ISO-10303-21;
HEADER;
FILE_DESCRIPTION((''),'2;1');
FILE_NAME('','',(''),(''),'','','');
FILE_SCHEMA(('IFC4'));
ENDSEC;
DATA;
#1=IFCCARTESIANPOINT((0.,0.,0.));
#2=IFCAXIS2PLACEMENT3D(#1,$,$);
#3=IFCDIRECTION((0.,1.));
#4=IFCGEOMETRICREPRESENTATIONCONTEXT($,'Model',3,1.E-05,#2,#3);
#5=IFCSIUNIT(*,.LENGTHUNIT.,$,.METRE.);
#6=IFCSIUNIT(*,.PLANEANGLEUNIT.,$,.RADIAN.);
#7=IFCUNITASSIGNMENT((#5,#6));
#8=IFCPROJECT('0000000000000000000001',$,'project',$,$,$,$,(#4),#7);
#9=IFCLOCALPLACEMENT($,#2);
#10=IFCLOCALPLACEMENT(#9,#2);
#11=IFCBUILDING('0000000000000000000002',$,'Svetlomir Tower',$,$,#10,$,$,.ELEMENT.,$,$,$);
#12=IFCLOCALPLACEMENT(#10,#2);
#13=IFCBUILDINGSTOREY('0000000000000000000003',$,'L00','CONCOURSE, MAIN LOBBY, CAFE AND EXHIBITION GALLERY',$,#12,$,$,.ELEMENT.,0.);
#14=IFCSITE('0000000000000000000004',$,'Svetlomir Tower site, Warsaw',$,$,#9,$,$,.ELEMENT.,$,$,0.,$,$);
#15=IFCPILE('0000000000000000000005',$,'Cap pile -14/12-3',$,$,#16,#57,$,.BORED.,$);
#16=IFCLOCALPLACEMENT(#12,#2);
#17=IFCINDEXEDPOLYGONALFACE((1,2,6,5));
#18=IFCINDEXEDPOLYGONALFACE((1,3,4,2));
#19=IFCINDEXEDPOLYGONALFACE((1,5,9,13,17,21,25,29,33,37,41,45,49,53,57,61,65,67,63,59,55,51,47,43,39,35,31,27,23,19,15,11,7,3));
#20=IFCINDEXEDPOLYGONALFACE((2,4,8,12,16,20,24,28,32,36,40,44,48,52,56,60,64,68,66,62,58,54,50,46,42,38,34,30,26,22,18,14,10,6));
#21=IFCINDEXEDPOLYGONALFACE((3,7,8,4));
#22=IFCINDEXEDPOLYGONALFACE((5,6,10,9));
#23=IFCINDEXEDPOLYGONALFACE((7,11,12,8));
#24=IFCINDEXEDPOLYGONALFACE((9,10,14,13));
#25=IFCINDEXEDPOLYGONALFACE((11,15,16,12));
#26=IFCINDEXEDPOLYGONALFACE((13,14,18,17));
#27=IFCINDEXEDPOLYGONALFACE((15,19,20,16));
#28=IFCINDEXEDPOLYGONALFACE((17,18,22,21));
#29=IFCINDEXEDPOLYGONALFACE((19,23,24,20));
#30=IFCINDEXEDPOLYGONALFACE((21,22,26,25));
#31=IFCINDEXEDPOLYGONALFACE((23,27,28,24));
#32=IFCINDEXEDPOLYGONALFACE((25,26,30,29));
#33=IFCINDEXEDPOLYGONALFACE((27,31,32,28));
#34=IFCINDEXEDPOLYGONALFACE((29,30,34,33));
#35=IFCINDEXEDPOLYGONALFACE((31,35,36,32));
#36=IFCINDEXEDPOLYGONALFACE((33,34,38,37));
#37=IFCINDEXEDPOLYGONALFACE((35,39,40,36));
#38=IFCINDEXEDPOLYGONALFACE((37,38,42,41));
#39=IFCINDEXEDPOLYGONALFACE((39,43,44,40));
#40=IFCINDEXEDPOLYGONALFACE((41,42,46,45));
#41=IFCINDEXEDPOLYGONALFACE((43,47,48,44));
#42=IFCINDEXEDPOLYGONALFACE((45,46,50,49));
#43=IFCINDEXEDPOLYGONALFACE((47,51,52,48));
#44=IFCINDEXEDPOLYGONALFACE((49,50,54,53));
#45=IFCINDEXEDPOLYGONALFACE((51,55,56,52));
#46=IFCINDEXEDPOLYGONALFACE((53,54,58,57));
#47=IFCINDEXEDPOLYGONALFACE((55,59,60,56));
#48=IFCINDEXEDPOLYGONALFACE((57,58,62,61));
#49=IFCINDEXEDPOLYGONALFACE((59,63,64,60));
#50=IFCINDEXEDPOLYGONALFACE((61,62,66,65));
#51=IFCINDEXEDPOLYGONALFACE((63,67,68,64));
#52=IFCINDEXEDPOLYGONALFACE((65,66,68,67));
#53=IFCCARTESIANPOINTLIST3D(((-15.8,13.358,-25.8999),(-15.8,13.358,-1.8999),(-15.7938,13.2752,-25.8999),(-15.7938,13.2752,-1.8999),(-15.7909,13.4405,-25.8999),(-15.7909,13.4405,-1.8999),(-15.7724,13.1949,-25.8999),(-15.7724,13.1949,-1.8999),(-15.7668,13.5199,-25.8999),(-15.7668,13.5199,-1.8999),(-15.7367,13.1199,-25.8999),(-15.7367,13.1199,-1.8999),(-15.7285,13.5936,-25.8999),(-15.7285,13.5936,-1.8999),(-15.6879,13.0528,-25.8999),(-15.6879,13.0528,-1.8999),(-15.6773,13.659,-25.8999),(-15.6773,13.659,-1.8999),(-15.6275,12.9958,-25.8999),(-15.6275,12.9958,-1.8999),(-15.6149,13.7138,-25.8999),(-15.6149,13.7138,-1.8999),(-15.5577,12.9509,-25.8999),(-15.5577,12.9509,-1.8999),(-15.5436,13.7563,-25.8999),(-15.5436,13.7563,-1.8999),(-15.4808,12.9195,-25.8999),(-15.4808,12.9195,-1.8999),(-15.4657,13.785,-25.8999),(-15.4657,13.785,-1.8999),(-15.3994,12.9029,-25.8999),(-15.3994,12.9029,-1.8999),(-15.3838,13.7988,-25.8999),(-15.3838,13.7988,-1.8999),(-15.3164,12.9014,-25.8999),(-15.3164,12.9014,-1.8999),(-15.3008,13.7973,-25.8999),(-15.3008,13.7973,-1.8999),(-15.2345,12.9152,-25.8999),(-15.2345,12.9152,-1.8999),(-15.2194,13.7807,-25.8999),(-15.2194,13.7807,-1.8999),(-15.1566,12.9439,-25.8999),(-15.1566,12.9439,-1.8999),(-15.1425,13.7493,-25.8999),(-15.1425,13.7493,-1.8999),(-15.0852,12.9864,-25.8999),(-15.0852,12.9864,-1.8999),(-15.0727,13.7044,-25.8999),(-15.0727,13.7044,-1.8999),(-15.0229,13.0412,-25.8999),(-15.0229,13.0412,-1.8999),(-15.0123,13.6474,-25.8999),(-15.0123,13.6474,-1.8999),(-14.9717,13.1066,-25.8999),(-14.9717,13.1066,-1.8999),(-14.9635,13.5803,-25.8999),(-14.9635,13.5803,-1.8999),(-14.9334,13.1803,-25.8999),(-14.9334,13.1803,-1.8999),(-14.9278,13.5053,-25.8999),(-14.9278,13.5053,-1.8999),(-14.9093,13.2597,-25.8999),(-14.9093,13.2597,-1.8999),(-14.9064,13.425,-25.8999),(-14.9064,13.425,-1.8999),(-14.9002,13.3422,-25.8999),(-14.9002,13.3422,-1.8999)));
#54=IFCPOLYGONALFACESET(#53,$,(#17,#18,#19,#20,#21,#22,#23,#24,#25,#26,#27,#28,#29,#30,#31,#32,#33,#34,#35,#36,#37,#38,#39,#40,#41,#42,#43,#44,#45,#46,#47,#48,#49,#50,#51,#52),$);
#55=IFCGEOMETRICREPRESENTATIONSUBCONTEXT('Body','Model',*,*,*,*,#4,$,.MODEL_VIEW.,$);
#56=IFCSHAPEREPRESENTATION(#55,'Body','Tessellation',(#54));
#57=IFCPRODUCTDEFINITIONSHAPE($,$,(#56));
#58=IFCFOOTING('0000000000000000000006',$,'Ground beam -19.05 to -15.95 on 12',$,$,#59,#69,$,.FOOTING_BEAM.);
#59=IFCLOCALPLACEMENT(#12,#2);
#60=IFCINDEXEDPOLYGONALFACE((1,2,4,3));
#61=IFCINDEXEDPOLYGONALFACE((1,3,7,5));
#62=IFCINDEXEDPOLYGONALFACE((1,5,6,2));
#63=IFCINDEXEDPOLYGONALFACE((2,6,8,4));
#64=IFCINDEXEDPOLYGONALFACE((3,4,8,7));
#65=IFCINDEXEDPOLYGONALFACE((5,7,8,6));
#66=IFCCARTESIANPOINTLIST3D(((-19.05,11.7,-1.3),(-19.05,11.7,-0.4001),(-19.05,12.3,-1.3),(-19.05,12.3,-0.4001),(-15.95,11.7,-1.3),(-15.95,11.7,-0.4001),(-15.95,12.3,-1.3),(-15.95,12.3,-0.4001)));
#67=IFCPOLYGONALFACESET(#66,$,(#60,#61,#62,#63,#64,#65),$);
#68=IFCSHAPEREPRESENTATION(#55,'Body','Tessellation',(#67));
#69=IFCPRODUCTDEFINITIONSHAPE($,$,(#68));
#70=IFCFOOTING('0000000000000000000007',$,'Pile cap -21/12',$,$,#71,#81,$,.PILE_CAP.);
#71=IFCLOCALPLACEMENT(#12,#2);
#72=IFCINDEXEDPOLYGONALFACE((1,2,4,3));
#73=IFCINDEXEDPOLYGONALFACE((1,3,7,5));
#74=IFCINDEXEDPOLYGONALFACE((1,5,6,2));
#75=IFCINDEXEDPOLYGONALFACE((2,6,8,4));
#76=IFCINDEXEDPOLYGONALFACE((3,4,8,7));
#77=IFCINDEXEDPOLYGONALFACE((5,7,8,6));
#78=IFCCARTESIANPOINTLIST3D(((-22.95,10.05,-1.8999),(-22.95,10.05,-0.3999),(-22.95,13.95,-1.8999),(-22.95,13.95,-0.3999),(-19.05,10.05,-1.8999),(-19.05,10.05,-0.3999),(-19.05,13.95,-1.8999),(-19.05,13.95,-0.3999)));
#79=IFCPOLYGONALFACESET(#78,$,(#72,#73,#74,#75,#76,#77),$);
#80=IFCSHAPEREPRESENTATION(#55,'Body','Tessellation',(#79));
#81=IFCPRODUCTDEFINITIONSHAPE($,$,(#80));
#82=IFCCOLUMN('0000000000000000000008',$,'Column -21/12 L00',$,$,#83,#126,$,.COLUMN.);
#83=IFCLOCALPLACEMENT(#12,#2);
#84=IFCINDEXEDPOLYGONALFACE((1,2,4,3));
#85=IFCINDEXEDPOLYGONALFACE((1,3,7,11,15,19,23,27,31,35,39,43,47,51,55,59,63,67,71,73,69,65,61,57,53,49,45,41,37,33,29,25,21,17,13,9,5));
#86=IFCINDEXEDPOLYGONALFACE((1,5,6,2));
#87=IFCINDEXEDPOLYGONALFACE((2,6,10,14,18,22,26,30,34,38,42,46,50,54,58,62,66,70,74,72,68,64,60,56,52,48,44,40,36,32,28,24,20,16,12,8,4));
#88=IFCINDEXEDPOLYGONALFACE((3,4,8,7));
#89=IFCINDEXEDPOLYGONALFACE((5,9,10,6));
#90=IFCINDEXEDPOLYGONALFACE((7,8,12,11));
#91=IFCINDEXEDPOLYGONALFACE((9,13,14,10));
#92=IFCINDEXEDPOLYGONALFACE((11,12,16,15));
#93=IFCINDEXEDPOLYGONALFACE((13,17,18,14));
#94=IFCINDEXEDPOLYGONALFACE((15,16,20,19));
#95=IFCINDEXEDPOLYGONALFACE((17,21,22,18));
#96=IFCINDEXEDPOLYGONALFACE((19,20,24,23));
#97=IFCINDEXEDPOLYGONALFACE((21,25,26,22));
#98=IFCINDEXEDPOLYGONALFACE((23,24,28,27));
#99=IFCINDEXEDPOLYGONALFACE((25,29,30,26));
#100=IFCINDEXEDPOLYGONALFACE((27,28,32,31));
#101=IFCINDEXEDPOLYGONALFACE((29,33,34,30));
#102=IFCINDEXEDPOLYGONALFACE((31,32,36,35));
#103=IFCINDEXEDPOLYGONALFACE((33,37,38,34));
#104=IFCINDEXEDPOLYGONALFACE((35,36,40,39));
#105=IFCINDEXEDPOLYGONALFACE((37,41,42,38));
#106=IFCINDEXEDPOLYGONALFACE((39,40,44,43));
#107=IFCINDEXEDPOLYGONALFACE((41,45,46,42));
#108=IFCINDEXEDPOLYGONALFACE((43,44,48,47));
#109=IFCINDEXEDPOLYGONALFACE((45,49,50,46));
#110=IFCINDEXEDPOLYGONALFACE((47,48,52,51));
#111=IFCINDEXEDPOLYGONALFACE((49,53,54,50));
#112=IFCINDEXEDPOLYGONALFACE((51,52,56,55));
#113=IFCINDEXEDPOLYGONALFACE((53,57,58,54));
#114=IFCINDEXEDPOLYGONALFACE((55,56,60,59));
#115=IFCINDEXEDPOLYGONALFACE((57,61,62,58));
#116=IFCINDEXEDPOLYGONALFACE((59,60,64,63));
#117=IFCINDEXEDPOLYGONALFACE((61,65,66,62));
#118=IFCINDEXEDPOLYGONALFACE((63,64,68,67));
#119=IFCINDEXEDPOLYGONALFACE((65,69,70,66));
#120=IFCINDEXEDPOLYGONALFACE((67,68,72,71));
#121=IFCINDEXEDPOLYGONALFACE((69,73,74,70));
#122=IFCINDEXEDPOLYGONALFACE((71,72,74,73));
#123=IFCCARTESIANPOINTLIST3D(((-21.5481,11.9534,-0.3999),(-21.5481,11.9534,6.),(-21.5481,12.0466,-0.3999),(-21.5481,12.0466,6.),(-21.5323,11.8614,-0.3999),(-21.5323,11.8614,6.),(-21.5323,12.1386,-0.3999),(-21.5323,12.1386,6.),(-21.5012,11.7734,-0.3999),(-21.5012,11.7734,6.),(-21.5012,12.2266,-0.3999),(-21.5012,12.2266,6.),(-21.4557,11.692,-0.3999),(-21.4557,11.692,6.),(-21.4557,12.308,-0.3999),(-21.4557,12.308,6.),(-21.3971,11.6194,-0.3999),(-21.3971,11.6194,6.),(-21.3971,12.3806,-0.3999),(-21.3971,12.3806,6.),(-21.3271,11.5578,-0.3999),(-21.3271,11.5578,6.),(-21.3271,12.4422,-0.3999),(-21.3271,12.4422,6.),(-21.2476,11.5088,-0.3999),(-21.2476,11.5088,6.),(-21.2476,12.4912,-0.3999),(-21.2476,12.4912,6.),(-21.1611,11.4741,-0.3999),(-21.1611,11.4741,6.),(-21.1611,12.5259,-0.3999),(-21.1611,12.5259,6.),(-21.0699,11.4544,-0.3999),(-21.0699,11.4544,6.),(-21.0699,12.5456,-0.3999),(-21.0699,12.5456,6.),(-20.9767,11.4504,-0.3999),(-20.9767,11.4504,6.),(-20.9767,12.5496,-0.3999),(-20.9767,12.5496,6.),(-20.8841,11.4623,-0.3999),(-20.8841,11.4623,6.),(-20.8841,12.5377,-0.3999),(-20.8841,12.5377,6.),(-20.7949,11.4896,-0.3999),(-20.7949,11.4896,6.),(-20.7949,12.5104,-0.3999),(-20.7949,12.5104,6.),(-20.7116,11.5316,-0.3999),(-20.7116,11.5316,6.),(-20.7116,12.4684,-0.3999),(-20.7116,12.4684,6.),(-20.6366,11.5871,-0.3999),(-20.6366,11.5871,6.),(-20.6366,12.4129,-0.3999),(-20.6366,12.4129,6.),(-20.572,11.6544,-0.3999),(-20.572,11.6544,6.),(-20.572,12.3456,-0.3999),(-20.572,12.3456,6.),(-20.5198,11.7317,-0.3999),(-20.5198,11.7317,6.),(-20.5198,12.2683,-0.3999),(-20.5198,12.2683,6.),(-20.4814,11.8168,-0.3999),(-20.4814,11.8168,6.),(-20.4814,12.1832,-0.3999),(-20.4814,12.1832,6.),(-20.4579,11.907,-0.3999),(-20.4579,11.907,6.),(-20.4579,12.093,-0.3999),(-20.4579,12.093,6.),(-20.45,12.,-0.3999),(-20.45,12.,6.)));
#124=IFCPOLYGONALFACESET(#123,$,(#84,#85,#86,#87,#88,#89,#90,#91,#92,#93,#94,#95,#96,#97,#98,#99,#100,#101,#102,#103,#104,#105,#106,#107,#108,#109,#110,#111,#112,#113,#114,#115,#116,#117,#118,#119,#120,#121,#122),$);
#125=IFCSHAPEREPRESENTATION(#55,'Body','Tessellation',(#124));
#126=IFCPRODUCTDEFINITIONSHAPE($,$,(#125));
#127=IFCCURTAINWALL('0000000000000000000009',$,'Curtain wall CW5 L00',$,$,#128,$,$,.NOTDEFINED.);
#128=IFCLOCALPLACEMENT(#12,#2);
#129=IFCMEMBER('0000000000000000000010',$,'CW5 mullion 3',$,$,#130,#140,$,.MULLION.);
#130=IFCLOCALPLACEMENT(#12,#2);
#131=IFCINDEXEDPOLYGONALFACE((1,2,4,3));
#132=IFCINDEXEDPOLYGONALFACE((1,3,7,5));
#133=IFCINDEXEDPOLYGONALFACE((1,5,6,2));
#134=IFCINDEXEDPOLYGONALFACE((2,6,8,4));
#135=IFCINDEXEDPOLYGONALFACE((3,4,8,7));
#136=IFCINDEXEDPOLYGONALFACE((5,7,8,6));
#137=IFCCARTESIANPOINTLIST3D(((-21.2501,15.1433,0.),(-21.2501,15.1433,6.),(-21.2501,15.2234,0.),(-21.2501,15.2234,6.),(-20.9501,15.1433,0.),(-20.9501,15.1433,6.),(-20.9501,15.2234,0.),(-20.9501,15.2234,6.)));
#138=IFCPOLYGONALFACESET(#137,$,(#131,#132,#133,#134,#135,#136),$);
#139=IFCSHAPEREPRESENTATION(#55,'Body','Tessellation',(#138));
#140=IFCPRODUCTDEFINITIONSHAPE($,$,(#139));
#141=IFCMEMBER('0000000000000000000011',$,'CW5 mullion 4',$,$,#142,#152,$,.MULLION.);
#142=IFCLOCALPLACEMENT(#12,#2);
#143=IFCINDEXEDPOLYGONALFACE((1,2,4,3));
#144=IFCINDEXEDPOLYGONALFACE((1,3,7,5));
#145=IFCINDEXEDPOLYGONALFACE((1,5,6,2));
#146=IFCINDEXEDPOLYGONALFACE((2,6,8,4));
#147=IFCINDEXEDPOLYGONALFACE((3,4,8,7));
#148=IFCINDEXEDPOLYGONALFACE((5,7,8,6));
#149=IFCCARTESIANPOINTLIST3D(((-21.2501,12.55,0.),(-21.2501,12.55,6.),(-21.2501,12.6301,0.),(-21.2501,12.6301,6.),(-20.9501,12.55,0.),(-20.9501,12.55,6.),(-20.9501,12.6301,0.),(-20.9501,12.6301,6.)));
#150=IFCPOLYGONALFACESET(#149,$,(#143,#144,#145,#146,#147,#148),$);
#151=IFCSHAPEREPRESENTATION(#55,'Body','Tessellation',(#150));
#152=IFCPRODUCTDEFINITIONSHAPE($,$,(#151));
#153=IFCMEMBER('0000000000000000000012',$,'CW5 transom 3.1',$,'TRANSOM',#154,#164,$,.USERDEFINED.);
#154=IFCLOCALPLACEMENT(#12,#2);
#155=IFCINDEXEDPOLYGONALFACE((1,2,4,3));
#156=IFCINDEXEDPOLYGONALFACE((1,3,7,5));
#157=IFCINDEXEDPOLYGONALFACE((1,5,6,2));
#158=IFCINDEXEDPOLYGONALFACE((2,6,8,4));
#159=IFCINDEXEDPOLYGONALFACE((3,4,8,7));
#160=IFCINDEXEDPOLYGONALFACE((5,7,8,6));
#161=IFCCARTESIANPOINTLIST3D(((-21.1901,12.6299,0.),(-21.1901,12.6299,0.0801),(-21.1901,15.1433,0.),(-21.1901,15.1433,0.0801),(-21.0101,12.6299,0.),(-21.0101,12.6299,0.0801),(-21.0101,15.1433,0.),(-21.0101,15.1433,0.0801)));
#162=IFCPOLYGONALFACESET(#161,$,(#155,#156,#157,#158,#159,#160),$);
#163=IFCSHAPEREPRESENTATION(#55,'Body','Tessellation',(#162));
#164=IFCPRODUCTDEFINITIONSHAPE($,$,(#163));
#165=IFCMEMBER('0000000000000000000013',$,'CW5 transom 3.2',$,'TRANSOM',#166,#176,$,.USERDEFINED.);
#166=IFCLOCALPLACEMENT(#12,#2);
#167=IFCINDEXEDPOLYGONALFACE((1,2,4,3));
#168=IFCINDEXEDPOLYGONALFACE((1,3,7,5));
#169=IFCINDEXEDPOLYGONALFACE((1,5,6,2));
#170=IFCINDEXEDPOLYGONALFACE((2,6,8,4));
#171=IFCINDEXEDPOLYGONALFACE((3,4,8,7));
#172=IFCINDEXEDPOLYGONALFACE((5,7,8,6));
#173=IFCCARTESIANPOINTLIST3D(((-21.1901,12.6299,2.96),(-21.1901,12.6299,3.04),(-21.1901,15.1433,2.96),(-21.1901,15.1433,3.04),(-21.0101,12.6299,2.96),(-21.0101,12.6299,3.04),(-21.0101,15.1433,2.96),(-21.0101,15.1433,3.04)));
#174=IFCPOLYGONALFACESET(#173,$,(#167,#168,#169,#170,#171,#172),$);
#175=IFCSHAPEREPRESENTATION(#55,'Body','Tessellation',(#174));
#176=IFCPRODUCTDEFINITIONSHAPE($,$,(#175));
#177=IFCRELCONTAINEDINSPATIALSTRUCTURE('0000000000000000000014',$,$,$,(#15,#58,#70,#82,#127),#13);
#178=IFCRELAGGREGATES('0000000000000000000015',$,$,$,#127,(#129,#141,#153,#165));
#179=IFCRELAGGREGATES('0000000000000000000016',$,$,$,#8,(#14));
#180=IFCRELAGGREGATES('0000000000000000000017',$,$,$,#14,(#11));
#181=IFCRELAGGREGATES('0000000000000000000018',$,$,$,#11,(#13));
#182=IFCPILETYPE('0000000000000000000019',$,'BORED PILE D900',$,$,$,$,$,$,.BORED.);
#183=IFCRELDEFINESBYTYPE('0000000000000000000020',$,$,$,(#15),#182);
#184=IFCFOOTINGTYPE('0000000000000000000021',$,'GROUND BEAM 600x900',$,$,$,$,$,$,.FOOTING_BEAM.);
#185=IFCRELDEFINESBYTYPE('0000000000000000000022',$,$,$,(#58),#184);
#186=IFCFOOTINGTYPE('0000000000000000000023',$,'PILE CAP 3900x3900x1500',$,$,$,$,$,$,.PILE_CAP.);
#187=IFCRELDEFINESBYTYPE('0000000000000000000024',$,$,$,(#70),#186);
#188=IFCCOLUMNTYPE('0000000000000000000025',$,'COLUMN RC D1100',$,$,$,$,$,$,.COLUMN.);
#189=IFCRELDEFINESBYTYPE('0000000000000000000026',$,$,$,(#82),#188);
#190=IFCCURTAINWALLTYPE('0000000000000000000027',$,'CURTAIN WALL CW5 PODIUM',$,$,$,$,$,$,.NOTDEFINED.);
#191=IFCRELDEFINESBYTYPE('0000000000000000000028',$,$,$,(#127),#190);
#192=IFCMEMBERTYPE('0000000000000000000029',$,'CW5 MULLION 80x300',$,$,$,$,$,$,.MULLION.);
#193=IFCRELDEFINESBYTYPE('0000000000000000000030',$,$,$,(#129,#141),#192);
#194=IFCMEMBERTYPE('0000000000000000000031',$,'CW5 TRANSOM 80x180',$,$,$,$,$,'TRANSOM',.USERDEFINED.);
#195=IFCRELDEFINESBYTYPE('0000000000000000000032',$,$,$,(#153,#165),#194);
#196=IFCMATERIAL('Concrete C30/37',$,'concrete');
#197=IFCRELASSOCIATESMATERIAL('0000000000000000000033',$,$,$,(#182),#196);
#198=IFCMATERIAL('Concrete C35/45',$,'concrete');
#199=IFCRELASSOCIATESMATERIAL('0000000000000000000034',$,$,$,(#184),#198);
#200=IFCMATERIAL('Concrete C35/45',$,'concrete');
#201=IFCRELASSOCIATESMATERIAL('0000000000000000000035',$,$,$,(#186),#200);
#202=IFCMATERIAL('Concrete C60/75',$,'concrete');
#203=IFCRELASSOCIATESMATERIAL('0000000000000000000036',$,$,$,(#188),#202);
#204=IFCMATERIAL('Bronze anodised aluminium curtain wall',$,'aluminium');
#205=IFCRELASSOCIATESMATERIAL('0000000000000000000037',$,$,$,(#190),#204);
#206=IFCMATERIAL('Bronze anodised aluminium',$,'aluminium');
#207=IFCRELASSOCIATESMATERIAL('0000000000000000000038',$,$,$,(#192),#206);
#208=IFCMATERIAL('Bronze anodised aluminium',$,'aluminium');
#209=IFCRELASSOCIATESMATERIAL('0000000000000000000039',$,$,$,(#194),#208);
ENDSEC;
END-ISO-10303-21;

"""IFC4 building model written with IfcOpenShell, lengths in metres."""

from ifc_helpers import new_model, si_unit, direction, frame, frame_2d, origin, origin_2d, place, context, subcontext, project, spatial, rectangle, circle, extrude, material, material_profile, profile_set, type_object, element, aggregate, save


model = new_model("IFC4")

# Units and contexts
model_context = context("Model", 3, precision=1e-05, world=origin(), true_north=direction((0.0, 1.0)))
body_context = subcontext(model_context, "Body", "Model", "MODEL_VIEW")
ifc_project = project(units=[si_unit("LENGTHUNIT", "METRE"), si_unit("PLANEANGLEUNIT", "RADIAN")], contexts=[model_context])

# Site, building, storey
site_placement = place(None, origin())
site = spatial("IfcSite", under=ifc_project, at=site_placement, Name="Svetlomir Tower site, Warsaw", CompositionType="ELEMENT", RefElevation=0.0)
building_placement = place(site_placement, origin())
building = spatial("IfcBuilding", under=site, at=building_placement, Name="Svetlomir Tower", CompositionType="ELEMENT")
storey_placement = place(building_placement, origin())
storey = spatial("IfcBuildingStorey", under=building, at=storey_placement, Name="L00", Description="CONCOURSE, MAIN LOBBY, CAFE AND EXHIBITION GALLERY", CompositionType="ELEMENT", Elevation=0.0)

# Pile
ifc_material_1 = material(Name="Concrete C30/37", Category="concrete")
ifc_material_profile_1 = material_profile(ifc_material_1, circle(Radius=0.45, at=origin_2d()), Name="RC D900")
ifc_profile_set_1 = profile_set([ifc_material_profile_1], Name="Concrete C30/37")
pile_type = type_object("IfcPileType", Name="BORED PILE D900", PredefinedType="BORED", material=ifc_profile_set_1)
for number, where, z_axis, x_axis, name in (
    (1, (-15.3501, 13.3501, -1.8999), (0.0, 0.0, -1.0), (1.0, 0.0, 0.0), "Cap pile -14/12-3"),
):
    element("IfcPile", number, at=place(storey_placement, frame(where, z_axis=z_axis, x_axis=x_axis)), inside=storey, type_object=pile_type, Name=name, PredefinedType="BORED", context=body_context, shape_type="SweptSolid", body=[
        extrude(circle(Radius=0.45, at=frame_2d((0.0, 0.0), x_axis=(0.999848, 0.017452))), origin(), (0.0, 0.0, 1.0), 24.0),
    ])

# Footings
ifc_material_2 = material(Name="Concrete C35/45", Category="concrete")
footing_type_1 = type_object("IfcFootingType", Name="GROUND BEAM 600x900", PredefinedType="FOOTING_BEAM", material=ifc_material_2)
footing_1_placement = place(storey_placement, frame((-17.5, 12.0, -1.3), z_axis=(0.0, 0.0, 1.0), x_axis=(1.0, 0.0, 0.0)))
element("IfcFooting", 2, at=footing_1_placement, inside=storey, type_object=footing_type_1, Name="Ground beam -19.05 to -15.95 on 12", PredefinedType="FOOTING_BEAM", context=body_context, shape_type="SweptSolid", body=[
    extrude(rectangle(XDim=3.1001, YDim=0.6001, at=origin_2d()), origin(), (0.0, 0.0, 1.0), 0.8999),
])
ifc_material_3 = material(Name="Concrete C35/45", Category="concrete")
footing_type_2 = type_object("IfcFootingType", Name="PILE CAP 3900x3900x1500", PredefinedType="PILE_CAP", material=ifc_material_3)
footing_2_placement = place(storey_placement, frame((-21.0, 12.0, -1.8999), z_axis=(0.0, 0.0, 1.0), x_axis=(1.0, 0.0, 0.0)))
element("IfcFooting", 3, at=footing_2_placement, inside=storey, type_object=footing_type_2, Name="Pile cap -21/12", PredefinedType="PILE_CAP", context=body_context, shape_type="SweptSolid", body=[
    extrude(rectangle(XDim=3.8999, YDim=3.8999, at=origin_2d()), origin(), (0.0, 0.0, 1.0), 1.5),
])

# Column
ifc_material_4 = material(Name="Concrete C60/75", Category="concrete")
ifc_material_profile_2 = material_profile(ifc_material_4, circle(Radius=0.55, at=origin_2d()), Name="RC D1100")
ifc_profile_set_2 = profile_set([ifc_material_profile_2], Name="Concrete C60/75")
column_type = type_object("IfcColumnType", Name="COLUMN RC D1100", PredefinedType="COLUMN", material=ifc_profile_set_2)
column_placement = place(storey_placement, frame((-21.0, 12.0, -0.3999), z_axis=(0.0, 0.0, 1.0), x_axis=(1.0, 0.0, 0.0)))
element("IfcColumn", 4, at=column_placement, inside=storey, type_object=column_type, Name="Column -21/12 L00", PredefinedType="COLUMN", context=body_context, shape_type="SweptSolid", body=[
    extrude(circle(Radius=0.55, at=origin_2d()), origin(), (0.0, 0.0, 1.0), 6.3999),
])

# Curtain wall, members
ifc_material_5 = material(Name="Bronze anodised aluminium curtain wall", Category="aluminium")
curtain_wall_type = type_object("IfcCurtainWallType", Name="CURTAIN WALL CW5 PODIUM", PredefinedType="NOTDEFINED", material=ifc_material_5)
curtain_wall_placement = place(storey_placement, origin())
curtain_wall = element("IfcCurtainWall", 5, at=curtain_wall_placement, inside=storey, type_object=curtain_wall_type, Name="Curtain wall CW5 L00", PredefinedType="NOTDEFINED")
ifc_material_6 = material(Name="Bronze anodised aluminium", Category="aluminium")
ifc_material_profile_3 = material_profile(ifc_material_6, rectangle(XDim=0.0801, YDim=0.3, at=origin_2d()), Name="AL 80x300")
ifc_profile_set_3 = profile_set([ifc_material_profile_3], Name="Bronze anodised aluminium 6063-T6")
member_type_1 = type_object("IfcMemberType", Name="CW5 MULLION 80x300", PredefinedType="MULLION", material=ifc_profile_set_3)
member_1_placement = place(storey_placement, frame((-21.1001, 15.1833, 0.0), z_axis=(0.0, 0.0, 1.0), x_axis=(0.0, -1.0, 0.0)))
member_1 = element("IfcMember", 6, at=member_1_placement, type_object=member_type_1, Name="CW5 mullion 3", PredefinedType="MULLION", context=body_context, shape_type="SweptSolid", body=[
    extrude(rectangle(XDim=0.0801, YDim=0.3, at=origin_2d()), origin(), (0.0, 0.0, 1.0), 6.0),
])
member_2_placement = place(storey_placement, frame((-21.1001, 12.5901, 0.0), z_axis=(0.0, 0.0, 1.0), x_axis=(0.0, -1.0, 0.0)))
member_2 = element("IfcMember", 7, at=member_2_placement, type_object=member_type_1, Name="CW5 mullion 4", PredefinedType="MULLION", context=body_context, shape_type="SweptSolid", body=[
    extrude(rectangle(XDim=0.0801, YDim=0.3, at=origin_2d()), origin(), (0.0, 0.0, 1.0), 6.0),
])
ifc_material_7 = material(Name="Bronze anodised aluminium", Category="aluminium")
ifc_material_profile_4 = material_profile(ifc_material_7, rectangle(XDim=0.1799, YDim=0.0801, at=origin_2d()), Name="AL 180x80")
ifc_profile_set_4 = profile_set([ifc_material_profile_4], Name="Bronze anodised aluminium 6063-T6")
member_type_2 = type_object("IfcMemberType", Name="CW5 TRANSOM 80x180", ElementType="TRANSOM", PredefinedType="USERDEFINED", material=ifc_profile_set_4)
member_3_placement = place(storey_placement, frame((-21.1001, 15.1433, 0.04), z_axis=(0.0, -1.0, 0.0), x_axis=(1.0, 0.0, 0.0)))
member_3 = element("IfcMember", 8, at=member_3_placement, type_object=member_type_2, Name="CW5 transom 3.1", ObjectType="TRANSOM", PredefinedType="USERDEFINED", context=body_context, shape_type="SweptSolid", body=[
    extrude(rectangle(XDim=0.1799, YDim=0.0801, at=origin_2d()), origin(), (0.0, 0.0, 1.0), 2.5134),
])
member_4_placement = place(storey_placement, frame((-21.1001, 15.1433, 3.0), z_axis=(0.0, -1.0, 0.0), x_axis=(1.0, 0.0, 0.0)))
member_4 = element("IfcMember", 9, at=member_4_placement, type_object=member_type_2, Name="CW5 transom 3.2", ObjectType="TRANSOM", PredefinedType="USERDEFINED", context=body_context, shape_type="SweptSolid", body=[
    extrude(rectangle(XDim=0.1799, YDim=0.0801, at=origin_2d()), origin(), (0.0, 0.0, 1.0), 2.5134),
])

aggregate(curtain_wall, [member_1, member_2, member_3, member_4])

save(model, "model.ifc")
